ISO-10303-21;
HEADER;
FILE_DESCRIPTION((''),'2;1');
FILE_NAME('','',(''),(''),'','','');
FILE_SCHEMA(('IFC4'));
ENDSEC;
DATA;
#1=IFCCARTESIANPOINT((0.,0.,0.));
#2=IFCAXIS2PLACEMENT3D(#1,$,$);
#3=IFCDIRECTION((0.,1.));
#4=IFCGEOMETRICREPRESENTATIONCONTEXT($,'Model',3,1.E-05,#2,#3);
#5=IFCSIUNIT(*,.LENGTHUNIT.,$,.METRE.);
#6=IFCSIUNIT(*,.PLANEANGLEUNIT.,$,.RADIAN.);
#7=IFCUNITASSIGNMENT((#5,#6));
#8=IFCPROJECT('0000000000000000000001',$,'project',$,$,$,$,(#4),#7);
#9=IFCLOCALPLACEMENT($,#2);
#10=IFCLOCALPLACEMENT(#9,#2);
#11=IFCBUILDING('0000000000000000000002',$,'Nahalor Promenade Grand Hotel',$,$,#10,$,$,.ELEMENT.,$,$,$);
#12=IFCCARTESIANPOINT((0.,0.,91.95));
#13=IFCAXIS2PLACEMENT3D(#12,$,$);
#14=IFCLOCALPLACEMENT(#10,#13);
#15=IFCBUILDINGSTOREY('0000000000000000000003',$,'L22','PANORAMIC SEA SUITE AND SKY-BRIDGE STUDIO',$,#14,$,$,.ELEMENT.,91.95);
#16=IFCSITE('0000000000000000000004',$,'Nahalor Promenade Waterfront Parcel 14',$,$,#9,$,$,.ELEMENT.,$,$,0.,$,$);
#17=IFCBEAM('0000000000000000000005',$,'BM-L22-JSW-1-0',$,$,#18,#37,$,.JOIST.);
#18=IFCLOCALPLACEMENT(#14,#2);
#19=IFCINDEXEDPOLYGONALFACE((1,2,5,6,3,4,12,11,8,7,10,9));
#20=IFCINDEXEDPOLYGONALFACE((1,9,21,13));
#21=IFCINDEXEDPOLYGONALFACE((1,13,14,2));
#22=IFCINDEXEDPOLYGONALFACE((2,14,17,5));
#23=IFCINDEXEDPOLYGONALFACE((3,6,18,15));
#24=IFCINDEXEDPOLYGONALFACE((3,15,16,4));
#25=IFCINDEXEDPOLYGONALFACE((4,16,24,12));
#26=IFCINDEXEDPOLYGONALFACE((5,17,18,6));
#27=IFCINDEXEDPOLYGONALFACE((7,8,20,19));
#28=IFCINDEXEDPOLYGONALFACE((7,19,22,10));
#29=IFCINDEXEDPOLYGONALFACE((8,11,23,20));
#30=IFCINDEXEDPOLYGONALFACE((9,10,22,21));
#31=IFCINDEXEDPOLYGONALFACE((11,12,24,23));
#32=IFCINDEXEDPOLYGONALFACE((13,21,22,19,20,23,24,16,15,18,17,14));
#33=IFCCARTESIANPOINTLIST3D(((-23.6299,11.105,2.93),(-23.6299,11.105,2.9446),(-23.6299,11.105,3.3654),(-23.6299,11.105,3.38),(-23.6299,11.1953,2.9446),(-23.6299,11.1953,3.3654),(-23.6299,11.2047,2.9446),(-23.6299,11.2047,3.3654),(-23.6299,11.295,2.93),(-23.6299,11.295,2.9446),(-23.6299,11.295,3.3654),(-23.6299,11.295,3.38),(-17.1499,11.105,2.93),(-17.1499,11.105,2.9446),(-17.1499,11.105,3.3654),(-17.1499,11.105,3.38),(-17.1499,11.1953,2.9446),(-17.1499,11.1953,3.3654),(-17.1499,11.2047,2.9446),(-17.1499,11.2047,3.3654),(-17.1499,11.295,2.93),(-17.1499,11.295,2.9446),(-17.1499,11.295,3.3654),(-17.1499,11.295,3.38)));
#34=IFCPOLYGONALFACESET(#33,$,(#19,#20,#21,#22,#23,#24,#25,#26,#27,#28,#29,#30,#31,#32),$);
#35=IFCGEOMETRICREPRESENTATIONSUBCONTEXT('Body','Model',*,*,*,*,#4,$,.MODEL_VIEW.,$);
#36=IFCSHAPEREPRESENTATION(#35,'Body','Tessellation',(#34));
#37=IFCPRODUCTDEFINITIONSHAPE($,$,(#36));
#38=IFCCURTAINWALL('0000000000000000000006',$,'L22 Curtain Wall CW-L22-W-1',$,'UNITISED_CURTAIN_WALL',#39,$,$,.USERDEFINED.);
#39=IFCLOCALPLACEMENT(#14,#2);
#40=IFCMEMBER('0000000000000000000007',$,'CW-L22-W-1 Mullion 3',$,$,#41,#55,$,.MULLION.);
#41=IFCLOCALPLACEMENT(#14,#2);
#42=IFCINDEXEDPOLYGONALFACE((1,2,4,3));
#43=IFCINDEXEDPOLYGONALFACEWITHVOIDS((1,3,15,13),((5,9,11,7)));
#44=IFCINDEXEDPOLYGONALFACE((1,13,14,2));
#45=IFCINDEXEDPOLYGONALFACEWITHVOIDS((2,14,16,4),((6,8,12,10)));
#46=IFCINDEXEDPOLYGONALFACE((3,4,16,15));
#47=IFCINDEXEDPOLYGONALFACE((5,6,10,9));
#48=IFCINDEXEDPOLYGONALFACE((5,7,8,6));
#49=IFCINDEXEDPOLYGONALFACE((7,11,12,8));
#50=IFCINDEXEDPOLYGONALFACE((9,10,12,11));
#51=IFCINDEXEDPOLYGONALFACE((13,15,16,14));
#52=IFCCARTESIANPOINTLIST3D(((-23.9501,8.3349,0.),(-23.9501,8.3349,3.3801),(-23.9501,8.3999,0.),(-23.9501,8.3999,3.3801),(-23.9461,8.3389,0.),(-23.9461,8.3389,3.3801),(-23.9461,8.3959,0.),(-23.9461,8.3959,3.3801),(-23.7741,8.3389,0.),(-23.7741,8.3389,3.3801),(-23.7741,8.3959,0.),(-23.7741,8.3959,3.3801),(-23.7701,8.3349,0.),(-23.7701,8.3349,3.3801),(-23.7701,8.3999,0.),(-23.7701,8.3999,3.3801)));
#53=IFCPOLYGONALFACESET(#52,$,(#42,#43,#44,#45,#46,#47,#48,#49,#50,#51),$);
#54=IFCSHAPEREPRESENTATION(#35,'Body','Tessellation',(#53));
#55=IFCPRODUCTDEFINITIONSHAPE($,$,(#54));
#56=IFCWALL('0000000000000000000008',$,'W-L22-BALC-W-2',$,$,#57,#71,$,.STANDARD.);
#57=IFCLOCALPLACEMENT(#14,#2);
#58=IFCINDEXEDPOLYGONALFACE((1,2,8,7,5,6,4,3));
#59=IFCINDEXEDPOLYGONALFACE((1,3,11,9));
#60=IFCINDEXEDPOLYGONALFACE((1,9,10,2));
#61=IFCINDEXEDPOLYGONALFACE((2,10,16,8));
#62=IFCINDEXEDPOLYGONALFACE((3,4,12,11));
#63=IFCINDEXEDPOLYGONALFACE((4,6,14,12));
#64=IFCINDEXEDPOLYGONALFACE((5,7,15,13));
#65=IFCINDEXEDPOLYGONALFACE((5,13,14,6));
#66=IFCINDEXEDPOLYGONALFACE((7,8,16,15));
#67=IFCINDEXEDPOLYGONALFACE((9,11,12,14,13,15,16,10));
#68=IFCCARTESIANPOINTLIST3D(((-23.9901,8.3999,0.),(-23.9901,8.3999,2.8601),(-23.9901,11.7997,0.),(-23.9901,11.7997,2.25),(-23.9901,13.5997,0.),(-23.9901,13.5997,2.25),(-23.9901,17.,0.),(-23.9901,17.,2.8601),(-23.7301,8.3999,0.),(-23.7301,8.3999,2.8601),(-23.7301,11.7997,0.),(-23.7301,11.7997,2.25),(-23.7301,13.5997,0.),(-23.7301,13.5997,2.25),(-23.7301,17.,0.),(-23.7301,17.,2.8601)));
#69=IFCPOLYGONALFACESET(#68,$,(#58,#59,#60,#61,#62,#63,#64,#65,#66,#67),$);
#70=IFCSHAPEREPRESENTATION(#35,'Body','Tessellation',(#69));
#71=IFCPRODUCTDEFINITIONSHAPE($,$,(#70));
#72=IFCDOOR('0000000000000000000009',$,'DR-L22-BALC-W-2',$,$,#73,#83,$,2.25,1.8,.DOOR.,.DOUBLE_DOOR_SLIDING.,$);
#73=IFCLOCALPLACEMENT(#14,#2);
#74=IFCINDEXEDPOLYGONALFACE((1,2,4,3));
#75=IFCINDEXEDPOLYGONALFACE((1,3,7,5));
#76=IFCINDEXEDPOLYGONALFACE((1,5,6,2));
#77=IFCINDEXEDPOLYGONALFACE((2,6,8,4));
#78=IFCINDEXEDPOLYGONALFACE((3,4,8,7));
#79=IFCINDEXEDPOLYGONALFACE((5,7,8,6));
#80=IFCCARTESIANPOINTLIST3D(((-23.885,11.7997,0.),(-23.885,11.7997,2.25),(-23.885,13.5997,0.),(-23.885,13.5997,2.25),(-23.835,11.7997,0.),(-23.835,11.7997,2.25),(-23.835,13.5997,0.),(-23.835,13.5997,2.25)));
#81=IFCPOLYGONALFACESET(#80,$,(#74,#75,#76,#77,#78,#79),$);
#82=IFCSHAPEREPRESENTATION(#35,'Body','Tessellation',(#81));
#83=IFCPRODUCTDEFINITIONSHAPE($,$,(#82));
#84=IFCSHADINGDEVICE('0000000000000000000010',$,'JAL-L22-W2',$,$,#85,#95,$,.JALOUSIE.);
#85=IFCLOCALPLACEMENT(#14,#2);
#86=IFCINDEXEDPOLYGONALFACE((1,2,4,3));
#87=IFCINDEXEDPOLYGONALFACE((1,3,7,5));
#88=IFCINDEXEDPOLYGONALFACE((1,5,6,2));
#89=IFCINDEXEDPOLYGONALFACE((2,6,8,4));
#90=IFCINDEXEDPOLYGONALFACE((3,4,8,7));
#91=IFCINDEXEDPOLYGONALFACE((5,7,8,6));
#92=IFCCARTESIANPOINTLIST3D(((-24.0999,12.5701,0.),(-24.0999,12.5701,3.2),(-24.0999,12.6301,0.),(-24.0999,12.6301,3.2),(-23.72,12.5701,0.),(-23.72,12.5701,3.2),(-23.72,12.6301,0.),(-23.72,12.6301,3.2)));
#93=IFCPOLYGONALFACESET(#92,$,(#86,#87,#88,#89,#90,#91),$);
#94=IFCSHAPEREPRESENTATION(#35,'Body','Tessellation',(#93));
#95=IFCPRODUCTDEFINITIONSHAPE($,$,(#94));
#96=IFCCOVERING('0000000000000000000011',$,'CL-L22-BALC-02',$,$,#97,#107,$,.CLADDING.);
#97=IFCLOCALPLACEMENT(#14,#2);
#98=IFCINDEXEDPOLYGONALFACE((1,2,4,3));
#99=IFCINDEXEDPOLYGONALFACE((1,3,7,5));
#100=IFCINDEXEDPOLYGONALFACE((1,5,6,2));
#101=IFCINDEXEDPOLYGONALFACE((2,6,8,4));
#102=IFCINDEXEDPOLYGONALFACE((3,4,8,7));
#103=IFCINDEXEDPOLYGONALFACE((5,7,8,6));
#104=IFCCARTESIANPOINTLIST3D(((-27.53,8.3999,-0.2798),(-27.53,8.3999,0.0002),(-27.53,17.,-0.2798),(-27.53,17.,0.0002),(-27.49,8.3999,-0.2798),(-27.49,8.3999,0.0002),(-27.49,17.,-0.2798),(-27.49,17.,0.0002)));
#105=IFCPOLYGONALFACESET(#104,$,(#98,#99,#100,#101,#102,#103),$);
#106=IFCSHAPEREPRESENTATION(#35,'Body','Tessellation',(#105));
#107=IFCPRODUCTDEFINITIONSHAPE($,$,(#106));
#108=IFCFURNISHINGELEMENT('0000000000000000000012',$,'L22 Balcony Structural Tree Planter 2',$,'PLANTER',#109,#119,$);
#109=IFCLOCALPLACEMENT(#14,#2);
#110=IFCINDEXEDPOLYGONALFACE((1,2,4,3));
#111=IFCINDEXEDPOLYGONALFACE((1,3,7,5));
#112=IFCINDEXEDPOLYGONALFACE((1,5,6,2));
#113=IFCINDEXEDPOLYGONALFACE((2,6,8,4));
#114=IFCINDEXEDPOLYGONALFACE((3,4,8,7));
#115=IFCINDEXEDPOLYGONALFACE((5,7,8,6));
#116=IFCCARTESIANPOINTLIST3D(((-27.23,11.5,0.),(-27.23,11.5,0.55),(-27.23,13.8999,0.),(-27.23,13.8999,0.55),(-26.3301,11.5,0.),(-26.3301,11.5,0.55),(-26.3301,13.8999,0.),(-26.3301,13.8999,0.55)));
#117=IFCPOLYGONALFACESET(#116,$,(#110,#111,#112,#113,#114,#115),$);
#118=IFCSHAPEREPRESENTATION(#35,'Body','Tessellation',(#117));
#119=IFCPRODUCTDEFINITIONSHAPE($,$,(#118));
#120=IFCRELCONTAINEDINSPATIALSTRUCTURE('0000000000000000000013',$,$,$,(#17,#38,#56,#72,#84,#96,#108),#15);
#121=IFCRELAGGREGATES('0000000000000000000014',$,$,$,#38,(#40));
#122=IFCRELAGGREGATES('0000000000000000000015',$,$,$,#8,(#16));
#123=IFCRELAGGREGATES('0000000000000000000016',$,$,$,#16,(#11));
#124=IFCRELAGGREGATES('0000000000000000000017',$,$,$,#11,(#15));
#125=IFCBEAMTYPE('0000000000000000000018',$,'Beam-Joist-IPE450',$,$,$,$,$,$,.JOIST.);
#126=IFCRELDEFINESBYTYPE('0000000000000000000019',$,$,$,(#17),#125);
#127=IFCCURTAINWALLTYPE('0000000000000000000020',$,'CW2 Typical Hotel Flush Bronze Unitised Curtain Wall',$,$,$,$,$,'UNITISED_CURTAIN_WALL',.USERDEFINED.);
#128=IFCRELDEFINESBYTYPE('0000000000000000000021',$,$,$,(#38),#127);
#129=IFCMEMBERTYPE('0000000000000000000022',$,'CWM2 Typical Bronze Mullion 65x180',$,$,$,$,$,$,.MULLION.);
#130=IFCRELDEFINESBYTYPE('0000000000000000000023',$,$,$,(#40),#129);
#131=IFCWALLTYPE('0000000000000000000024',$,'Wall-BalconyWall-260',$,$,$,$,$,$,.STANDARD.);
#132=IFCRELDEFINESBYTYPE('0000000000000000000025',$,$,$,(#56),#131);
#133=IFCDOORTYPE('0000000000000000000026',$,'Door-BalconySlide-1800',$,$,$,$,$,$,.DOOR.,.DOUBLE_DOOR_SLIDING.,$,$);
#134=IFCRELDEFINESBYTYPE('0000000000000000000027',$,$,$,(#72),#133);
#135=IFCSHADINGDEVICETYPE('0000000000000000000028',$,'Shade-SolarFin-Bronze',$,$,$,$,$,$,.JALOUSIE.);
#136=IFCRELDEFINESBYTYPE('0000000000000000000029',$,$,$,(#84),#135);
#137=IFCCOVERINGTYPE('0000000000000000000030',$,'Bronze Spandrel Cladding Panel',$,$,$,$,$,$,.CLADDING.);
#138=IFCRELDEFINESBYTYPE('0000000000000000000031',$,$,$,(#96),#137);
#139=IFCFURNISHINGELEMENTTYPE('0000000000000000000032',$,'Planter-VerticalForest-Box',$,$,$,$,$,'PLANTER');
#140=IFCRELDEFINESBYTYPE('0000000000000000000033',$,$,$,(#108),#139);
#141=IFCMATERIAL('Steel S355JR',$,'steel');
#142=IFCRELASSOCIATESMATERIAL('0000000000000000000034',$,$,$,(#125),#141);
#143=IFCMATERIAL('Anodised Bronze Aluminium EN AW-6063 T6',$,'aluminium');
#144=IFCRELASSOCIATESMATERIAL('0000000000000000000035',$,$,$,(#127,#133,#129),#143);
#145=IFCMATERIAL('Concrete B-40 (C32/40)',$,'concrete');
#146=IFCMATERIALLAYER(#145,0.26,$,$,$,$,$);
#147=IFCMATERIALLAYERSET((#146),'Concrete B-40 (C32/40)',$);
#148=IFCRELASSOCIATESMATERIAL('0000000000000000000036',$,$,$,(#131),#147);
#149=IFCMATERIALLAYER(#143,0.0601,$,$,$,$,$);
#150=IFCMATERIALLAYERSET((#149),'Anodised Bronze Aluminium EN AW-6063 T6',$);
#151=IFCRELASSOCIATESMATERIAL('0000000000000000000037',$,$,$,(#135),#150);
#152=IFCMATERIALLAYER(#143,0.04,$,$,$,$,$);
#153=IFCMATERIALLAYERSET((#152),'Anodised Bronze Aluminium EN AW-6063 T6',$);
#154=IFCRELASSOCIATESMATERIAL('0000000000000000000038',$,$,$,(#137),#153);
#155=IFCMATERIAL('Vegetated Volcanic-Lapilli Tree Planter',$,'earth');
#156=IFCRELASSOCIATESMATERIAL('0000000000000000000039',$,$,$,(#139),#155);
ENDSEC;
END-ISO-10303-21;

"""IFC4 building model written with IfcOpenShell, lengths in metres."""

from ifc_helpers import new_model, si_unit, direction, frame, frame_2d, origin, origin_2d, place, context, subcontext, project, spatial, rectangle, hollow_rectangle, i_section, extrude, source, transform, mapped, material, layer, layer_set, material_profile, profile_set, type_object, element, fill, aggregate, save


model = new_model("IFC4")

# Units and contexts
model_context = context("Model", 3, precision=1e-05, world=origin(), true_north=direction((0.0, 1.0)))
body_context = subcontext(model_context, "Body", "Model", "MODEL_VIEW")
ifc_project = project(units=[si_unit("LENGTHUNIT", "METRE"), si_unit("PLANEANGLEUNIT", "RADIAN")], contexts=[model_context])

# Site, building, storey
site_placement = place(None, origin())
site = spatial("IfcSite", under=ifc_project, at=site_placement, Name="Nahalor Promenade Waterfront Parcel 14", CompositionType="ELEMENT", RefElevation=0.0)
building_placement = place(site_placement, origin())
building = spatial("IfcBuilding", under=site, at=building_placement, Name="Nahalor Promenade Grand Hotel", CompositionType="ELEMENT")
storey_placement = place(building_placement, frame((0.0, 0.0, 91.95)))
storey = spatial("IfcBuildingStorey", under=building, at=storey_placement, Name="L22", Description="PANORAMIC SEA SUITE AND SKY-BRIDGE STUDIO", CompositionType="ELEMENT", Elevation=91.95)

# Beam
ifc_material_1 = material(Name="Steel S355JR", Category="steel")
ifc_material_profile_1 = material_profile(ifc_material_1, i_section(OverallWidth=0.19, OverallDepth=0.45, WebThickness=0.0094, FlangeThickness=0.0146, at=origin_2d()), Name="IPE 450")
ifc_profile_set_1 = profile_set([ifc_material_profile_1], Name="Steel S355JR")
beam_type_1 = type_object("IfcBeamType", Name="Beam-Joist-IPE450", PredefinedType="JOIST", material=ifc_profile_set_1)
shared_shape_1 = source(origin(), body_context, "Body", "SweptSolid", [
    extrude(i_section(OverallWidth=0.19, OverallDepth=0.45, WebThickness=0.0094, FlangeThickness=0.0146, at=origin_2d()), origin(), (0.0, 0.0, 1.0), 6.48),
])
beam_1_placement = place(storey_placement, frame((-23.6299, 11.2, 3.155), z_axis=(1.0, 0.0, 0.0), x_axis=(0.0, 1.0, 0.0)))
element("IfcBeam", 1, at=beam_1_placement, inside=storey, type_object=beam_type_1, Name="BM-L22-JSW-1-0", PredefinedType="JOIST", context=body_context, shape_type="MappedRepresentation", body=[
    mapped(shared_shape_1, transform((0.0, 0.0, 0.0), scale=1.0)),
])

# Curtain wall, member
ifc_material_2 = material(Name="Anodised Bronze Aluminium EN AW-6063 T6", Category="aluminium")
curtain_wall_type = type_object("IfcCurtainWallType", Name="CW2 Typical Hotel Flush Bronze Unitised Curtain Wall", ElementType="UNITISED_CURTAIN_WALL", PredefinedType="USERDEFINED", material=ifc_material_2)
curtain_wall_placement = place(storey_placement, origin())
curtain_wall = element("IfcCurtainWall", 2, at=curtain_wall_placement, inside=storey, type_object=curtain_wall_type, Name="L22 Curtain Wall CW-L22-W-1", ObjectType="UNITISED_CURTAIN_WALL", PredefinedType="USERDEFINED")
ifc_material_profile_2 = material_profile(ifc_material_2, hollow_rectangle(XDim=0.065, YDim=0.18, WallThickness=0.004, at=origin_2d()), Name="CWM 65x180x4")
ifc_profile_set_2 = profile_set([ifc_material_profile_2], Name="Anodised Bronze Aluminium EN AW-6063 T6")
member_type = type_object("IfcMemberType", Name="CWM2 Typical Bronze Mullion 65x180", PredefinedType="MULLION", material=ifc_profile_set_2)
shared_shape_2 = source(origin(), body_context, "Body", "SweptSolid", [
    extrude(hollow_rectangle(XDim=0.065, YDim=0.18, WallThickness=0.004, at=origin_2d()), origin(), (0.0, 0.0, 1.0), 3.3801),
])
member_placement = place(storey_placement, frame((-23.8601, 8.3674, 0.0), z_axis=(0.0, 0.0, 1.0), x_axis=(0.0, 1.0, 0.0)))
member = element("IfcMember", 3, at=member_placement, type_object=member_type, Name="CW-L22-W-1 Mullion 3", PredefinedType="MULLION", context=body_context, shape_type="MappedRepresentation", body=[
    mapped(shared_shape_2, transform((0.0, 0.0, 0.0), scale=1.0)),
])
aggregate(curtain_wall, [member])

# Wall, opening, door
ifc_material_3 = material(Name="Concrete B-40 (C32/40)", Category="concrete")
ifc_layer_1 = layer(ifc_material_3, 0.26)
ifc_layer_set_1 = layer_set([ifc_layer_1], Name="Concrete B-40 (C32/40)")
wall_type = type_object("IfcWallType", Name="Wall-BalconyWall-260", PredefinedType="STANDARD", material=ifc_layer_set_1)
shared_shape_3 = source(origin(), body_context, "Body", "SweptSolid", [
    extrude(rectangle(XDim=8.6001, YDim=0.26, at=frame_2d((4.3, 0.0))), origin(), (0.0, 0.0, 1.0), 2.8601),
])
wall_placement = place(storey_placement, frame((-23.8601, 8.3999, 0.0), z_axis=(0.0, 0.0, 1.0), x_axis=(0.0, 1.0, 0.0)))
wall = element("IfcWall", 4, at=wall_placement, inside=storey, type_object=wall_type, Name="W-L22-BALC-W-2", PredefinedType="STANDARD", context=body_context, shape_type="MappedRepresentation", body=[
    mapped(shared_shape_3, transform((0.0, 0.0, 0.0), scale=1.0)),
])
opening_placement = place(wall_placement, frame((3.3999, 0.0, 0.0)))
opening = element("IfcOpeningElement", 5, at=opening_placement, cuts=wall, PredefinedType="OPENING", context=body_context, shape_type="SweptSolid", body=[
    extrude(rectangle(XDim=1.8, YDim=2.25, at=frame_2d((0.8999, 1.125))), frame((0.0, 0.1399, 0.0), z_axis=(0.0, -1.0, 0.0), x_axis=(1.0, 0.0, 0.0)), (0.0, 0.0, 1.0), 0.28),
])
door_type = type_object("IfcDoorType", Name="Door-BalconySlide-1800", OperationType="DOUBLE_DOOR_SLIDING", PredefinedType="DOOR", material=ifc_material_2)
shared_shape_4 = source(origin(), body_context, "Body", "SweptSolid", [
    extrude(rectangle(XDim=1.8, YDim=2.25, at=frame_2d((0.8999, 1.125))), frame((0.0, 0.0249, 0.0), z_axis=(0.0, -1.0, 0.0), x_axis=(1.0, 0.0, 0.0)), (0.0, 0.0, 1.0), 0.05),
])
door_placement = place(opening_placement, origin())
door = element("IfcDoor", 6, at=door_placement, inside=storey, type_object=door_type, Name="DR-L22-BALC-W-2", OperationType="DOUBLE_DOOR_SLIDING", OverallHeight=2.25, OverallWidth=1.8, PredefinedType="DOOR", context=body_context, shape_type="MappedRepresentation", body=[
    mapped(shared_shape_4, transform((0.0, 0.0, 0.0), scale=1.0)),
])
fill(opening, door)

# Shading device
ifc_layer_2 = layer(ifc_material_2, 0.0601)
ifc_layer_set_2 = layer_set([ifc_layer_2], Name="Anodised Bronze Aluminium EN AW-6063 T6")
shading_device_type = type_object("IfcShadingDeviceType", Name="Shade-SolarFin-Bronze", PredefinedType="JALOUSIE", material=ifc_layer_set_2)
shared_shape_5 = source(origin(), body_context, "Body", "SweptSolid", [
    extrude(rectangle(XDim=0.3799, YDim=0.0601, at=origin_2d()), origin(), (0.0, 0.0, 1.0), 3.2),
])
shading_device_placement = place(storey_placement, frame((-23.9099, 12.6001, 0.0), z_axis=(0.0, 0.0, 1.0), x_axis=(1.0, 0.0, 0.0)))
element("IfcShadingDevice", 7, at=shading_device_placement, inside=storey, type_object=shading_device_type, Name="JAL-L22-W2", PredefinedType="JALOUSIE", context=body_context, shape_type="MappedRepresentation", body=[
    mapped(shared_shape_5, transform((0.0, 0.0, 0.0), scale=1.0)),
])

# Covering
ifc_layer_3 = layer(ifc_material_2, 0.04)
ifc_layer_set_3 = layer_set([ifc_layer_3], Name="Anodised Bronze Aluminium EN AW-6063 T6")
covering_type = type_object("IfcCoveringType", Name="Bronze Spandrel Cladding Panel", PredefinedType="CLADDING", material=ifc_layer_set_3)
shared_shape_6 = source(origin(), body_context, "Body", "SweptSolid", [
    extrude(rectangle(XDim=8.6001, YDim=0.04, at=origin_2d()), origin(), (0.0, 0.0, 1.0), 0.28),
])
covering_placement = place(storey_placement, frame((-27.51, 12.7, -0.2798), z_axis=(0.0, 0.0, 1.0), x_axis=(0.0, 1.0, 0.0)))
element("IfcCovering", 8, at=covering_placement, inside=storey, type_object=covering_type, Name="CL-L22-BALC-02", PredefinedType="CLADDING", context=body_context, shape_type="MappedRepresentation", body=[
    mapped(shared_shape_6, transform((0.0, 0.0, 0.0), scale=1.0)),
])

# Furnishing element
ifc_material_4 = material(Name="Vegetated Volcanic-Lapilli Tree Planter", Category="earth")
furnishing_element_type = type_object("IfcFurnishingElementType", Name="Planter-VerticalForest-Box", ElementType="PLANTER", material=ifc_material_4)
shared_shape_7 = source(origin(), body_context, "Body", "SweptSolid", [
    extrude(rectangle(XDim=2.3999, YDim=0.8999, at=origin_2d()), origin(), (0.0, 0.0, 1.0), 0.55),
])
furnishing_placement = place(storey_placement, frame((-26.78, 12.7, 0.0), z_axis=(0.0, 0.0, 1.0), x_axis=(0.0, 1.0, 0.0)))
element("IfcFurnishingElement", 9, at=furnishing_placement, inside=storey, type_object=furnishing_element_type, Name="L22 Balcony Structural Tree Planter 2", ObjectType="PLANTER", context=body_context, shape_type="MappedRepresentation", body=[
    mapped(shared_shape_7, transform((0.0, 0.0, 0.0), scale=1.0)),
])

save(model, "model.ifc")
